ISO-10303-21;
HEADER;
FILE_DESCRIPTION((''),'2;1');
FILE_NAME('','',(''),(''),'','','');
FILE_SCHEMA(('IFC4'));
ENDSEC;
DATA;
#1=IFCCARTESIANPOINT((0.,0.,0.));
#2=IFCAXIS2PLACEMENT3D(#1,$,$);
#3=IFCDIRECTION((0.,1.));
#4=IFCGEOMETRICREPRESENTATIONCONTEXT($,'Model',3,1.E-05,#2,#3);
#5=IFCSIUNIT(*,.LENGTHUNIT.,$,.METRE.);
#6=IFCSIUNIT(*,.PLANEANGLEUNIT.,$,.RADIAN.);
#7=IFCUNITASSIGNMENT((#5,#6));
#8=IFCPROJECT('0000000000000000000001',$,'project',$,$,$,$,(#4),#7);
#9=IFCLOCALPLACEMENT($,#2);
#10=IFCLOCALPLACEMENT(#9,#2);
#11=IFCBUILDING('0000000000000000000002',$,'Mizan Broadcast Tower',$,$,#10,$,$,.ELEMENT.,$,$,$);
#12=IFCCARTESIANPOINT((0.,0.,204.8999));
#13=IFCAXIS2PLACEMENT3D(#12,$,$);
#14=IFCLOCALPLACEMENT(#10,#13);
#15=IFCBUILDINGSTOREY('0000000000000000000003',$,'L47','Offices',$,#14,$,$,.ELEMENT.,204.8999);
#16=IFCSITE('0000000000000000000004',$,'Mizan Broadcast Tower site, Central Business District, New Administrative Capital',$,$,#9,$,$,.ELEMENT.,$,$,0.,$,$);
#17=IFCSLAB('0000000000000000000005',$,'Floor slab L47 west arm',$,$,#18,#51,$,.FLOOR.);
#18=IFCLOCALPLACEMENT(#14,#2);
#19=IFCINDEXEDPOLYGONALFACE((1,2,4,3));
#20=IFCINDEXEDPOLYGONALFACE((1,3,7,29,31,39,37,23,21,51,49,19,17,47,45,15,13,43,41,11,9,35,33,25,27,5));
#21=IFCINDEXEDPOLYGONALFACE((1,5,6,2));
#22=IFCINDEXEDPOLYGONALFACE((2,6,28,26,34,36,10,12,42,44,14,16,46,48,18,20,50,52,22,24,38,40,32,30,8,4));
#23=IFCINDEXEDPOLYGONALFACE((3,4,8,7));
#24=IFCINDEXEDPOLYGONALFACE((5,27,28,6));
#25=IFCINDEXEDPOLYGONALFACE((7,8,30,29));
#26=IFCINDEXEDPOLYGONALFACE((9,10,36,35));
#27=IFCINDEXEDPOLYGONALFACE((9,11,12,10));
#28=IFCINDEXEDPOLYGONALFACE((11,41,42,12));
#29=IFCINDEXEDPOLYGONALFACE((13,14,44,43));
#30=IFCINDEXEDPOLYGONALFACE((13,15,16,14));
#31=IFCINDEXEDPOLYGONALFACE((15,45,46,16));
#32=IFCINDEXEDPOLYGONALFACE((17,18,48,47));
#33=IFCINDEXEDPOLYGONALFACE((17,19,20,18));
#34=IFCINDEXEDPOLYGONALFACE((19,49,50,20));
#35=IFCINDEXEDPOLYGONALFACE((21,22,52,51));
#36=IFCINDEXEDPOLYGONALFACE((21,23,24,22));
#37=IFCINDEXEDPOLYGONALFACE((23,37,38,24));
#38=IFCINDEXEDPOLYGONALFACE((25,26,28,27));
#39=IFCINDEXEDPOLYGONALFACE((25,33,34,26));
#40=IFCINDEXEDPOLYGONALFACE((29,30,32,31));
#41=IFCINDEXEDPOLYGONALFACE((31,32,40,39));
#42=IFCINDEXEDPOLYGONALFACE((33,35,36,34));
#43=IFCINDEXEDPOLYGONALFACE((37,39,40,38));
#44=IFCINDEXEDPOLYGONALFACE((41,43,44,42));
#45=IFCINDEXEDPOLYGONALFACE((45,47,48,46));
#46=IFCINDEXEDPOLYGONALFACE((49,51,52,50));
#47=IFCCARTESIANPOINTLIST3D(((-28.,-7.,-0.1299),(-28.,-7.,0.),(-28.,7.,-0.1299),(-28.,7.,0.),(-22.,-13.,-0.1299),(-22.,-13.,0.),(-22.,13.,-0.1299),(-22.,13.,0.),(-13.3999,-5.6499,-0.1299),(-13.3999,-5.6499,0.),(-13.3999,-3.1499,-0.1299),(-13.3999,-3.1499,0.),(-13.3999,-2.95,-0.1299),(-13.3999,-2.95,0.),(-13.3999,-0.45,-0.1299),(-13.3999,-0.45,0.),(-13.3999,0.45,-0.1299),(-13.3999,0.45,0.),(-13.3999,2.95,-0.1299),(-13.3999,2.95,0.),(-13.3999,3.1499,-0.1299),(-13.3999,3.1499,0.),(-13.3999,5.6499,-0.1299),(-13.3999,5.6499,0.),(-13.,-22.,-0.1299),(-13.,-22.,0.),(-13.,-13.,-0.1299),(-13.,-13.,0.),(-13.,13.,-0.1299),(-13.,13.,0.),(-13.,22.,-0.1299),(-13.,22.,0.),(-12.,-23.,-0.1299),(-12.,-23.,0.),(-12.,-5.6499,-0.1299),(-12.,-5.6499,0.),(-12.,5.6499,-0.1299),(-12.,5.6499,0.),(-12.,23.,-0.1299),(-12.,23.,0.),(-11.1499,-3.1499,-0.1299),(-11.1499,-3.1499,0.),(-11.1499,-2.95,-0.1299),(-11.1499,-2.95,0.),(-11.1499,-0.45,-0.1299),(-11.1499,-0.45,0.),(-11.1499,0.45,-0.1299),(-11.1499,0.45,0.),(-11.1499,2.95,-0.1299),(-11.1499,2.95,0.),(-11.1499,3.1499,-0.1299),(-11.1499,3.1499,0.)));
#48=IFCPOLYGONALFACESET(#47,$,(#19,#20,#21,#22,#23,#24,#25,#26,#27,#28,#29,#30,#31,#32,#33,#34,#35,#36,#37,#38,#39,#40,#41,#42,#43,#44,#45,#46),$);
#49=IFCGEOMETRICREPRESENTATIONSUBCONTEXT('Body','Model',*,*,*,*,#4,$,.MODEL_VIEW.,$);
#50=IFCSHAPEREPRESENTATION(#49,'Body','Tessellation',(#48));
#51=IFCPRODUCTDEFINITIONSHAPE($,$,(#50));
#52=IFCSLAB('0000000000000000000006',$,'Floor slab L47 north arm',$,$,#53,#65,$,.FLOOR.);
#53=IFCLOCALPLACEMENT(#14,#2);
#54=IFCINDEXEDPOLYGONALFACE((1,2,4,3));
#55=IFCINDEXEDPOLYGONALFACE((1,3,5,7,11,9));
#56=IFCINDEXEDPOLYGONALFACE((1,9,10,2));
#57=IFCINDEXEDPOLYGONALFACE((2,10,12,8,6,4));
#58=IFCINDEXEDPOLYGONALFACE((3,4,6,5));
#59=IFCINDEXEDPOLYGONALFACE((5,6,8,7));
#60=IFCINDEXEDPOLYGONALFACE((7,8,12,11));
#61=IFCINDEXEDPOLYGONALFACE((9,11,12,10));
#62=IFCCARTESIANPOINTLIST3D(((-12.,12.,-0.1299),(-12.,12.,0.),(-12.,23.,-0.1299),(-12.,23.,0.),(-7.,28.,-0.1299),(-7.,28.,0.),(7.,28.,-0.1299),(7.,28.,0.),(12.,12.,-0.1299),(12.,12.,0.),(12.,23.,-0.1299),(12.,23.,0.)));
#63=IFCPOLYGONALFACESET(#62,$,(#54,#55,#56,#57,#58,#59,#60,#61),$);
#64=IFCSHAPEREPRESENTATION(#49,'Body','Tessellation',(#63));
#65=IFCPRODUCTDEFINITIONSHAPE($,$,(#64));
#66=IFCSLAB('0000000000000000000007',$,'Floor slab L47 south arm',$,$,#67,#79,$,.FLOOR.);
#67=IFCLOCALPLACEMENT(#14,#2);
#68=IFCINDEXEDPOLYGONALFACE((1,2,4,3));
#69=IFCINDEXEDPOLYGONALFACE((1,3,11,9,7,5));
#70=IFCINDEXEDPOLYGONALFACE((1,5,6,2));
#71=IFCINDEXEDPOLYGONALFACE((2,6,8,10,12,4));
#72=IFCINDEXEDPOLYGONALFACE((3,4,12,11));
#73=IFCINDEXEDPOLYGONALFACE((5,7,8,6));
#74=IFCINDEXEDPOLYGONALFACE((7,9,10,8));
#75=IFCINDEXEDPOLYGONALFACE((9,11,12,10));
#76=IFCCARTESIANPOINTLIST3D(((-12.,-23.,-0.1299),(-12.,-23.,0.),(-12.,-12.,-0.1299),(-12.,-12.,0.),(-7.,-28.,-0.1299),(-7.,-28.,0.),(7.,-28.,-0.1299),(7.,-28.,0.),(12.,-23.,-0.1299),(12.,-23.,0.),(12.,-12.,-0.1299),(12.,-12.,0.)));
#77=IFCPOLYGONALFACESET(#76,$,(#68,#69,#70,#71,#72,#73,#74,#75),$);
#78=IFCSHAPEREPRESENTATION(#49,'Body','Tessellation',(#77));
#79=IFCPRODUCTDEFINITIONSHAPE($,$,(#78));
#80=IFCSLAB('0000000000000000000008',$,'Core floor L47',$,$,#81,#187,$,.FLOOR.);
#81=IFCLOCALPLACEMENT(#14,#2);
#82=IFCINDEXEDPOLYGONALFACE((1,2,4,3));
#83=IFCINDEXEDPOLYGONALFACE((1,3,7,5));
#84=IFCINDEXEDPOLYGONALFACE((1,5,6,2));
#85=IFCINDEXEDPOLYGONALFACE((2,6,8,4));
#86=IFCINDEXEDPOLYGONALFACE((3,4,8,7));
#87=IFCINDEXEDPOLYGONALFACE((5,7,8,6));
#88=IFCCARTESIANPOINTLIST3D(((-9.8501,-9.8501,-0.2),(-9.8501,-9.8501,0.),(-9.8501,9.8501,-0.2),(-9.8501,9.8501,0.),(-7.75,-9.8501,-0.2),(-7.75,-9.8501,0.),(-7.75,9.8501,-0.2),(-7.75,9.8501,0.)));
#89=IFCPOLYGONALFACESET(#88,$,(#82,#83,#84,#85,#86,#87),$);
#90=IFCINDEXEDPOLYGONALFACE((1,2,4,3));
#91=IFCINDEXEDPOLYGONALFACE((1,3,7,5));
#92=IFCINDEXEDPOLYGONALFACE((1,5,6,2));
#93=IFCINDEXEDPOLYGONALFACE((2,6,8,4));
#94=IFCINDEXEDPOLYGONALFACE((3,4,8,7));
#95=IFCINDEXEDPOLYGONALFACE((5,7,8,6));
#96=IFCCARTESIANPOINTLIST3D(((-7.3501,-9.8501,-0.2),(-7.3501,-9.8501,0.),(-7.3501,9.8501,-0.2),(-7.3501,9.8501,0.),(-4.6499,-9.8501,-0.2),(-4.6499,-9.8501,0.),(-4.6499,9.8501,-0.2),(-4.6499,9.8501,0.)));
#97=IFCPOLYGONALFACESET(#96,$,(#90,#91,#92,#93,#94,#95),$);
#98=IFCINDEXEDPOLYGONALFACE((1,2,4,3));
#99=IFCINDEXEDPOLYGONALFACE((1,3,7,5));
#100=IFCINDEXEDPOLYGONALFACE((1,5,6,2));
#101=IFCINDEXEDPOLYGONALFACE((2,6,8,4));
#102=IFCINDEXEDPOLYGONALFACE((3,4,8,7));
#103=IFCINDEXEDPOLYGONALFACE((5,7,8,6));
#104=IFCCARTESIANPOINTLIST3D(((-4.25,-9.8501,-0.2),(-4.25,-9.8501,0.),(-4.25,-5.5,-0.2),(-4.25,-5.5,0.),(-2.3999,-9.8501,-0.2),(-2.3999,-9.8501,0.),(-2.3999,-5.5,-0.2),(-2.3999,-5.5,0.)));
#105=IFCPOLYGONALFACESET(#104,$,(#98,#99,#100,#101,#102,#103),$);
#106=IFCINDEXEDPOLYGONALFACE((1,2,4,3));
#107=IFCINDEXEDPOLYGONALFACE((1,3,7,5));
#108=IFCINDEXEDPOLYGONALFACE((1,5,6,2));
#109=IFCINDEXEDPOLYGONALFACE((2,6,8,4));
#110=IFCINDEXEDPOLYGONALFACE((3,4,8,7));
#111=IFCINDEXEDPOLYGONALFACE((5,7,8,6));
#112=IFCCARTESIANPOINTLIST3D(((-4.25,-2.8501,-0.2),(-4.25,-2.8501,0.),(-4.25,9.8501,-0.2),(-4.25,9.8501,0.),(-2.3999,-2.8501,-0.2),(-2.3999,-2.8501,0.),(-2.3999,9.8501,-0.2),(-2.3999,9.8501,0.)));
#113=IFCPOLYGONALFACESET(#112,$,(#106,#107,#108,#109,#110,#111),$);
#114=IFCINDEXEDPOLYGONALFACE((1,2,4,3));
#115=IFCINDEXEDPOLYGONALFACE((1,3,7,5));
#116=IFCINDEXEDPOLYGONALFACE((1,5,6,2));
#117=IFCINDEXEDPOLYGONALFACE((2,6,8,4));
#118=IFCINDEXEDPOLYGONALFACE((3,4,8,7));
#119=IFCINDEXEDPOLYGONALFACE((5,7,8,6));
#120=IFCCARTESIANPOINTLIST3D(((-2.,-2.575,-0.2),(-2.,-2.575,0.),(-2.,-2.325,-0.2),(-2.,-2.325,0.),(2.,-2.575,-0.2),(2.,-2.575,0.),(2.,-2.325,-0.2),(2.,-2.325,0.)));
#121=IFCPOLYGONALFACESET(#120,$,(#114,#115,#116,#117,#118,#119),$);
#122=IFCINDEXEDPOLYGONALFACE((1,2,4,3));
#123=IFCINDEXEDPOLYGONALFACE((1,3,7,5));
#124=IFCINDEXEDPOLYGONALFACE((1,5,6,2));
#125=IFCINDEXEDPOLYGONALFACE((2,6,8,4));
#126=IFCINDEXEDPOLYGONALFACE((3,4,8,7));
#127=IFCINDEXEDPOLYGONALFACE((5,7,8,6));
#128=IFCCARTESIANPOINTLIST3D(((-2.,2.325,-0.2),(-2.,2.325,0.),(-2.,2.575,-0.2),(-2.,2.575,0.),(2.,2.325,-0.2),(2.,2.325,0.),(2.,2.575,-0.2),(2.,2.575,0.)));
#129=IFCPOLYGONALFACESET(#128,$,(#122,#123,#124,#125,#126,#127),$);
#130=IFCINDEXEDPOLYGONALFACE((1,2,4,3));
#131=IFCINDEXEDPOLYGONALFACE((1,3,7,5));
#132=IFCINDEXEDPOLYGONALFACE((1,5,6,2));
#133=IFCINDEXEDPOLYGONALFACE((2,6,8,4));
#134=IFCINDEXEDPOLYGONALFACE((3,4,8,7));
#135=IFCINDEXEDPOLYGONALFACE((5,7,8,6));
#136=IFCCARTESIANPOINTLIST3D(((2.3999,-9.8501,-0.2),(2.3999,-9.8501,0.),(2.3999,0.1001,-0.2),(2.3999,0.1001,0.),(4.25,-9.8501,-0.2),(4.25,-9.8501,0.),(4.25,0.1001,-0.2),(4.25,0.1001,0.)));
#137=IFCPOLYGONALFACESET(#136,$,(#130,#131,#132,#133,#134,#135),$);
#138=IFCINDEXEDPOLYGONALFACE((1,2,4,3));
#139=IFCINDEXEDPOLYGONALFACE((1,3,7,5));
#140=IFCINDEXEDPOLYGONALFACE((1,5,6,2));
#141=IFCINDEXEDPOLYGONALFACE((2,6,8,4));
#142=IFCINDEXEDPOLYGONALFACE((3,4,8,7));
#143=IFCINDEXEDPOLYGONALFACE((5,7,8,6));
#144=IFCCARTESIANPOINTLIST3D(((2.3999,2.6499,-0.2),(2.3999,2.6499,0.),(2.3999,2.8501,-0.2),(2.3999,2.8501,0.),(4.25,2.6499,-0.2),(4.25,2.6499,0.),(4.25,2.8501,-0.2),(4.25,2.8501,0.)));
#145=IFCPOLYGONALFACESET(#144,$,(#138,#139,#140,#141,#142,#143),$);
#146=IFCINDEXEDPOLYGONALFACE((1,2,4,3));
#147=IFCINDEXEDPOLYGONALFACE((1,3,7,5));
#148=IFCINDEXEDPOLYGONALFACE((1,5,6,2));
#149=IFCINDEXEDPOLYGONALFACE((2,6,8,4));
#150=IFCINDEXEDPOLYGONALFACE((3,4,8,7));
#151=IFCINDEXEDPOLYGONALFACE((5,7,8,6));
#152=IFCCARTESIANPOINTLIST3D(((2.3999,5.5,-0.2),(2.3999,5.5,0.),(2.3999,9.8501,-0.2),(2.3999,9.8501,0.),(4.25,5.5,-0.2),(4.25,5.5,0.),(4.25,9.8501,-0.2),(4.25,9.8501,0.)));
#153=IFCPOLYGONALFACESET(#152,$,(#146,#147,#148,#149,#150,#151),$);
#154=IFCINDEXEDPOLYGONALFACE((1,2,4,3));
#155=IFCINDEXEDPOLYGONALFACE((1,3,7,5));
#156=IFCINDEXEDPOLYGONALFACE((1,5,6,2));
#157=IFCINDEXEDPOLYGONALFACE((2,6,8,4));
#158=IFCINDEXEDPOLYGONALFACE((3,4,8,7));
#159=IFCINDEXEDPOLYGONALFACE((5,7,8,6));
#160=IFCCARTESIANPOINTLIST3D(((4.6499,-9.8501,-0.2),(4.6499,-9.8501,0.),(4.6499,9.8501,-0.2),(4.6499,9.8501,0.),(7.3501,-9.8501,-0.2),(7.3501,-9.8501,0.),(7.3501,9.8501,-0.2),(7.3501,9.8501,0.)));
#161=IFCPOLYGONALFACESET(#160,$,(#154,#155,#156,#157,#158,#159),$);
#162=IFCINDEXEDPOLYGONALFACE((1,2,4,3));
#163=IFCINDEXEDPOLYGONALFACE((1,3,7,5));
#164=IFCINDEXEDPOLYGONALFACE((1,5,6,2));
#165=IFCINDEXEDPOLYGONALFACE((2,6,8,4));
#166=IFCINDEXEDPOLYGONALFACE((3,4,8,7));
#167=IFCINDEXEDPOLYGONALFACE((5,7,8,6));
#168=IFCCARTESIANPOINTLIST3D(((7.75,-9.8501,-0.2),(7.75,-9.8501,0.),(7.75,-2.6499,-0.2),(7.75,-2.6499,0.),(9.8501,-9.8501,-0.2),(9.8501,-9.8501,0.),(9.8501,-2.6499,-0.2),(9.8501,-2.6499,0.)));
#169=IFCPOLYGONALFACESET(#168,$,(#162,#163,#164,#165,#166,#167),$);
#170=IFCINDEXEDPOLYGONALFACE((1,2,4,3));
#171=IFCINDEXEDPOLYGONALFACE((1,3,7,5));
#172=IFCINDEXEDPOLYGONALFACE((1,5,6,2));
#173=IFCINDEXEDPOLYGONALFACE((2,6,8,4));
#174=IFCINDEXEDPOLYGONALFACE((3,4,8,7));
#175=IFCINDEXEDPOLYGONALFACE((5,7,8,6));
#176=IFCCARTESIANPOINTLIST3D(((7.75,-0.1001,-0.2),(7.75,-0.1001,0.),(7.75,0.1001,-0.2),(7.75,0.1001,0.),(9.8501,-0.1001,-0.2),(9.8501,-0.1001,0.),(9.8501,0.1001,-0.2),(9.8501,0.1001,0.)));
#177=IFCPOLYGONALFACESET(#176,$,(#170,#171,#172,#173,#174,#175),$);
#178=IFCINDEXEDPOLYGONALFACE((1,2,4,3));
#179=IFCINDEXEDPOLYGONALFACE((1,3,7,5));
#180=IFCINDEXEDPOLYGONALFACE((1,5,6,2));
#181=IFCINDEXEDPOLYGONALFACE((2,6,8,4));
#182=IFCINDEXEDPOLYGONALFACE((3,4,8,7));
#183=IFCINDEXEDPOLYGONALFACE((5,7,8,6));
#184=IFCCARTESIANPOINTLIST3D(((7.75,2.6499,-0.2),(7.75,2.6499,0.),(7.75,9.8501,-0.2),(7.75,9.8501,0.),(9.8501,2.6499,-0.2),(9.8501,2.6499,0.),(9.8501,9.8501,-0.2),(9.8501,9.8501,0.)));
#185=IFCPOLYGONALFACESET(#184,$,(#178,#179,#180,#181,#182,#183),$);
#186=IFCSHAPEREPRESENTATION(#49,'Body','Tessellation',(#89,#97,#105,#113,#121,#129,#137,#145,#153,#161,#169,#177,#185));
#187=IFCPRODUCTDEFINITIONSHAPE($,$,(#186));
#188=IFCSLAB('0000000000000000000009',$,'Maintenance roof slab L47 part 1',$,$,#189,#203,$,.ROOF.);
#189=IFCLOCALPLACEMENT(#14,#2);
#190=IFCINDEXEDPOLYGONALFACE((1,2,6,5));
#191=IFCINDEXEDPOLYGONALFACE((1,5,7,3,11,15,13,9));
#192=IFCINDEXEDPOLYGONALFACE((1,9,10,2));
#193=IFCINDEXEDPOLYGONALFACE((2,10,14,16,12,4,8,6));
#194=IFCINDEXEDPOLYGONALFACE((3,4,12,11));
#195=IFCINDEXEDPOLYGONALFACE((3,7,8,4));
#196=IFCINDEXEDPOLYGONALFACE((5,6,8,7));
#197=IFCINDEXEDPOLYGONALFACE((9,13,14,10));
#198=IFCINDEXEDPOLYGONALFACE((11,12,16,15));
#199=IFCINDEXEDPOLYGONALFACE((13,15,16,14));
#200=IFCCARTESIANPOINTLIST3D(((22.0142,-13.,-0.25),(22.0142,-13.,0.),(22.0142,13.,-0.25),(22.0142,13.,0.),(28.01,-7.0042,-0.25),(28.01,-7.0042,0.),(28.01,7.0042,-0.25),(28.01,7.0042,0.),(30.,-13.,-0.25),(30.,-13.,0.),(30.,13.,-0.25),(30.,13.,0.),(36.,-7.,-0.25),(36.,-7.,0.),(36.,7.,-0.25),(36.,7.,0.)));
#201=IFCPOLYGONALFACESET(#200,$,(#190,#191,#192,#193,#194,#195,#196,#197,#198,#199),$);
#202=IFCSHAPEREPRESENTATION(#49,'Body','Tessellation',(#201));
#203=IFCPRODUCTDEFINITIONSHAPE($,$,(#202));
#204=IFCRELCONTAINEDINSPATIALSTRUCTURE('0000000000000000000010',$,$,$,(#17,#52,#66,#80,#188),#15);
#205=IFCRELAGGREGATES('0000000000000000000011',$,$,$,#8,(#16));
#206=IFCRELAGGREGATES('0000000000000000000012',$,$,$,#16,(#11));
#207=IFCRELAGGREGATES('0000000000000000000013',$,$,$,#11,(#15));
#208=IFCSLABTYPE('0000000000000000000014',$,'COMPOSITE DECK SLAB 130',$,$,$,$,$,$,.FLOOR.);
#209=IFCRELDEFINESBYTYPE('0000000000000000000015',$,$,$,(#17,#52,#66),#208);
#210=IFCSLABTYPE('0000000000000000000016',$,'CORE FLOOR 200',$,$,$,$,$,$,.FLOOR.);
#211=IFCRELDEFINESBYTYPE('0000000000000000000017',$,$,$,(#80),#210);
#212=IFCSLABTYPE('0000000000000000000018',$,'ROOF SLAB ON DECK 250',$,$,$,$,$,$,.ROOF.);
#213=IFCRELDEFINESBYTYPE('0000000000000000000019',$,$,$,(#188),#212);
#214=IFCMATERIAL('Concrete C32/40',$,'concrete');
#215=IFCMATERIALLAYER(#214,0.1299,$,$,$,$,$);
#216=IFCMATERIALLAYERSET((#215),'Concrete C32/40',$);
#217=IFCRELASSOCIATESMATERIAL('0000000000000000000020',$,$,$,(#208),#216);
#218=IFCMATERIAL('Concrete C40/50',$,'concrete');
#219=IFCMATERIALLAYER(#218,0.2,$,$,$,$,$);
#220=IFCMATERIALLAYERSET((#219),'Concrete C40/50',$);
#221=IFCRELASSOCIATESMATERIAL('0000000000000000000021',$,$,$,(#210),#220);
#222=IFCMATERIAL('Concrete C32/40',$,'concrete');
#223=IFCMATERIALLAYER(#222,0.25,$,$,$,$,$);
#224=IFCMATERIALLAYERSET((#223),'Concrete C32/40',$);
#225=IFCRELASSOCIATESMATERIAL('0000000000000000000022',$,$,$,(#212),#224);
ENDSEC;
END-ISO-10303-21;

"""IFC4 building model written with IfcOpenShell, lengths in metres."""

from ifc_helpers import new_model, si_unit, direction, frame, origin, place, context, subcontext, project, spatial, polyline, outline, extrude, material, layer, layer_set, type_object, element, save


model = new_model("IFC4")

# Units and contexts
model_context = context("Model", 3, precision=1e-05, world=origin(), true_north=direction((0.0, 1.0)))
body_context = subcontext(model_context, "Body", "Model", "MODEL_VIEW")
ifc_project = project(units=[si_unit("LENGTHUNIT", "METRE"), si_unit("PLANEANGLEUNIT", "RADIAN")], contexts=[model_context])

# Site, building, storey
site_placement = place(None, origin())
site = spatial("IfcSite", under=ifc_project, at=site_placement, Name="Mizan Broadcast Tower site, Central Business District, New Administrative Capital", CompositionType="ELEMENT", RefElevation=0.0)
building_placement = place(site_placement, origin())
building = spatial("IfcBuilding", under=site, at=building_placement, Name="Mizan Broadcast Tower", CompositionType="ELEMENT")
storey_placement = place(building_placement, frame((0.0, 0.0, 204.8999)))
storey = spatial("IfcBuildingStorey", under=building, at=storey_placement, Name="L47", Description="Offices", CompositionType="ELEMENT", Elevation=204.8999)

# Slabs
ifc_material_1 = material(Name="Concrete C32/40", Category="concrete")
ifc_layer_1 = layer(ifc_material_1, 0.1299)
ifc_layer_set_1 = layer_set([ifc_layer_1], Name="Concrete C32/40")
slab_type_1 = type_object("IfcSlabType", Name="COMPOSITE DECK SLAB 130", PredefinedType="FLOOR", material=ifc_layer_set_1)
slab_1_placement = place(storey_placement, frame((0.0, 0.0, -0.1299)))
element("IfcSlab", 1, at=slab_1_placement, inside=storey, type_object=slab_type_1, Name="Floor slab L47 west arm", PredefinedType="FLOOR", context=body_context, shape_type="SweptSolid", body=[
    extrude(outline(polyline([(-22.0, 13.0), (-28.0, 7.0), (-28.0, -7.0), (-22.0, -13.0), (-13.0, -13.0), (-13.0, -22.0), (-12.0, -23.0), (-12.0, -5.6499), (-13.3999, -5.6499), (-13.3999, -3.1499), (-11.1499, -3.1499), (-11.1499, -2.95), (-13.3999, -2.95), (-13.3999, -0.45), (-11.1499, -0.45), (-11.1499, 0.45), (-13.3999, 0.45), (-13.3999, 2.95), (-11.1499, 2.95), (-11.1499, 3.1499), (-13.3999, 3.1499), (-13.3999, 5.6499), (-12.0, 5.6499), (-12.0, 23.0), (-13.0, 22.0), (-13.0, 13.0), (-22.0, 13.0)])), origin(), (0.0, 0.0, 1.0), 0.1299),
])
slab_2_placement = place(storey_placement, frame((0.0, 0.0, -0.1299)))
element("IfcSlab", 2, at=slab_2_placement, inside=storey, type_object=slab_type_1, Name="Floor slab L47 north arm", PredefinedType="FLOOR", context=body_context, shape_type="SweptSolid", body=[
    extrude(outline(polyline([(-7.0, 28.0), (-12.0, 23.0), (-12.0, 12.0), (12.0, 12.0), (12.0, 23.0), (7.0, 28.0), (-7.0, 28.0)])), origin(), (0.0, 0.0, 1.0), 0.1299),
])
slab_3_placement = place(storey_placement, frame((0.0, 0.0, -0.1299)))
element("IfcSlab", 3, at=slab_3_placement, inside=storey, type_object=slab_type_1, Name="Floor slab L47 south arm", PredefinedType="FLOOR", context=body_context, shape_type="SweptSolid", body=[
    extrude(outline(polyline([(7.0, -28.0), (12.0, -23.0), (12.0, -12.0), (-12.0, -12.0), (-12.0, -23.0), (-7.0, -28.0), (7.0, -28.0)])), origin(), (0.0, 0.0, 1.0), 0.1299),
])
ifc_material_2 = material(Name="Concrete C40/50", Category="concrete")
ifc_layer_2 = layer(ifc_material_2, 0.2)
ifc_layer_set_2 = layer_set([ifc_layer_2], Name="Concrete C40/50")
slab_type_2 = type_object("IfcSlabType", Name="CORE FLOOR 200", PredefinedType="FLOOR", material=ifc_layer_set_2)
slab_4_placement = place(storey_placement, frame((0.0, 0.0, -0.2)))
element("IfcSlab", 4, at=slab_4_placement, inside=storey, type_object=slab_type_2, Name="Core floor L47", PredefinedType="FLOOR", context=body_context, shape_type="SweptSolid", body=[
    extrude(outline(polyline([(-9.8501, -9.8501), (-7.75, -9.8501), (-7.75, 9.8501), (-9.8501, 9.8501), (-9.8501, -9.8501)])), origin(), (0.0, 0.0, 1.0), 0.2),
    extrude(outline(polyline([(-4.6499, 9.8501), (-7.3501, 9.8501), (-7.3501, -9.8501), (-4.6499, -9.8501), (-4.6499, 9.8501)])), origin(), (0.0, 0.0, 1.0), 0.2),
    extrude(outline(polyline([(-4.25, -5.5), (-4.25, -9.8501), (-2.3999, -9.8501), (-2.3999, -5.5), (-4.25, -5.5)])), origin(), (0.0, 0.0, 1.0), 0.2),
    extrude(outline(polyline([(-4.25, -2.8501), (-2.3999, -2.8501), (-2.3999, 9.8501), (-4.25, 9.8501), (-4.25, -2.8501)])), origin(), (0.0, 0.0, 1.0), 0.2),
    extrude(outline(polyline([(2.0, -2.325), (-2.0, -2.325), (-2.0, -2.575), (2.0, -2.575), (2.0, -2.325)])), origin(), (0.0, 0.0, 1.0), 0.2),
    extrude(outline(polyline([(2.0, 2.575), (-2.0, 2.575), (-2.0, 2.325), (2.0, 2.325), (2.0, 2.575)])), origin(), (0.0, 0.0, 1.0), 0.2),
    extrude(outline(polyline([(4.25, -9.8501), (4.25, 0.1001), (2.3999, 0.1001), (2.3999, -9.8501), (4.25, -9.8501)])), origin(), (0.0, 0.0, 1.0), 0.2),
    extrude(outline(polyline([(4.25, 2.6499), (4.25, 2.8501), (2.3999, 2.8501), (2.3999, 2.6499), (4.25, 2.6499)])), origin(), (0.0, 0.0, 1.0), 0.2),
    extrude(outline(polyline([(4.25, 5.5), (4.25, 9.8501), (2.3999, 9.8501), (2.3999, 5.5), (4.25, 5.5)])), origin(), (0.0, 0.0, 1.0), 0.2),
    extrude(outline(polyline([(4.6499, 9.8501), (4.6499, -9.8501), (7.3501, -9.8501), (7.3501, 9.8501), (4.6499, 9.8501)])), origin(), (0.0, 0.0, 1.0), 0.2),
    extrude(outline(polyline([(9.8501, -9.8501), (9.8501, -2.6499), (7.75, -2.6499), (7.75, -9.8501), (9.8501, -9.8501)])), origin(), (0.0, 0.0, 1.0), 0.2),
    extrude(outline(polyline([(9.8501, -0.1001), (9.8501, 0.1001), (7.75, 0.1001), (7.75, -0.1001), (9.8501, -0.1001)])), origin(), (0.0, 0.0, 1.0), 0.2),
    extrude(outline(polyline([(7.75, 9.8501), (7.75, 2.6499), (9.8501, 2.6499), (9.8501, 9.8501), (7.75, 9.8501)])), origin(), (0.0, 0.0, 1.0), 0.2),
])
ifc_material_3 = material(Name="Concrete C32/40", Category="concrete")
ifc_layer_3 = layer(ifc_material_3, 0.25)
ifc_layer_set_3 = layer_set([ifc_layer_3], Name="Concrete C32/40")
slab_type_3 = type_object("IfcSlabType", Name="ROOF SLAB ON DECK 250", PredefinedType="ROOF", material=ifc_layer_set_3)
slab_5_placement = place(storey_placement, frame((0.0, 0.0, -0.25)))
element("IfcSlab", 5, at=slab_5_placement, inside=storey, type_object=slab_type_3, Name="Maintenance roof slab L47 part 1", PredefinedType="ROOF", context=body_context, shape_type="SweptSolid", body=[
    extrude(outline(polyline([(30.0, 13.0), (22.0142, 13.0), (28.01, 7.0042), (28.01, -7.0042), (22.0142, -13.0), (30.0, -13.0), (36.0, -7.0), (36.0, 7.0), (30.0, 13.0)])), origin(), (0.0, 0.0, 1.0), 0.25),
])

save(model, "model.ifc")
